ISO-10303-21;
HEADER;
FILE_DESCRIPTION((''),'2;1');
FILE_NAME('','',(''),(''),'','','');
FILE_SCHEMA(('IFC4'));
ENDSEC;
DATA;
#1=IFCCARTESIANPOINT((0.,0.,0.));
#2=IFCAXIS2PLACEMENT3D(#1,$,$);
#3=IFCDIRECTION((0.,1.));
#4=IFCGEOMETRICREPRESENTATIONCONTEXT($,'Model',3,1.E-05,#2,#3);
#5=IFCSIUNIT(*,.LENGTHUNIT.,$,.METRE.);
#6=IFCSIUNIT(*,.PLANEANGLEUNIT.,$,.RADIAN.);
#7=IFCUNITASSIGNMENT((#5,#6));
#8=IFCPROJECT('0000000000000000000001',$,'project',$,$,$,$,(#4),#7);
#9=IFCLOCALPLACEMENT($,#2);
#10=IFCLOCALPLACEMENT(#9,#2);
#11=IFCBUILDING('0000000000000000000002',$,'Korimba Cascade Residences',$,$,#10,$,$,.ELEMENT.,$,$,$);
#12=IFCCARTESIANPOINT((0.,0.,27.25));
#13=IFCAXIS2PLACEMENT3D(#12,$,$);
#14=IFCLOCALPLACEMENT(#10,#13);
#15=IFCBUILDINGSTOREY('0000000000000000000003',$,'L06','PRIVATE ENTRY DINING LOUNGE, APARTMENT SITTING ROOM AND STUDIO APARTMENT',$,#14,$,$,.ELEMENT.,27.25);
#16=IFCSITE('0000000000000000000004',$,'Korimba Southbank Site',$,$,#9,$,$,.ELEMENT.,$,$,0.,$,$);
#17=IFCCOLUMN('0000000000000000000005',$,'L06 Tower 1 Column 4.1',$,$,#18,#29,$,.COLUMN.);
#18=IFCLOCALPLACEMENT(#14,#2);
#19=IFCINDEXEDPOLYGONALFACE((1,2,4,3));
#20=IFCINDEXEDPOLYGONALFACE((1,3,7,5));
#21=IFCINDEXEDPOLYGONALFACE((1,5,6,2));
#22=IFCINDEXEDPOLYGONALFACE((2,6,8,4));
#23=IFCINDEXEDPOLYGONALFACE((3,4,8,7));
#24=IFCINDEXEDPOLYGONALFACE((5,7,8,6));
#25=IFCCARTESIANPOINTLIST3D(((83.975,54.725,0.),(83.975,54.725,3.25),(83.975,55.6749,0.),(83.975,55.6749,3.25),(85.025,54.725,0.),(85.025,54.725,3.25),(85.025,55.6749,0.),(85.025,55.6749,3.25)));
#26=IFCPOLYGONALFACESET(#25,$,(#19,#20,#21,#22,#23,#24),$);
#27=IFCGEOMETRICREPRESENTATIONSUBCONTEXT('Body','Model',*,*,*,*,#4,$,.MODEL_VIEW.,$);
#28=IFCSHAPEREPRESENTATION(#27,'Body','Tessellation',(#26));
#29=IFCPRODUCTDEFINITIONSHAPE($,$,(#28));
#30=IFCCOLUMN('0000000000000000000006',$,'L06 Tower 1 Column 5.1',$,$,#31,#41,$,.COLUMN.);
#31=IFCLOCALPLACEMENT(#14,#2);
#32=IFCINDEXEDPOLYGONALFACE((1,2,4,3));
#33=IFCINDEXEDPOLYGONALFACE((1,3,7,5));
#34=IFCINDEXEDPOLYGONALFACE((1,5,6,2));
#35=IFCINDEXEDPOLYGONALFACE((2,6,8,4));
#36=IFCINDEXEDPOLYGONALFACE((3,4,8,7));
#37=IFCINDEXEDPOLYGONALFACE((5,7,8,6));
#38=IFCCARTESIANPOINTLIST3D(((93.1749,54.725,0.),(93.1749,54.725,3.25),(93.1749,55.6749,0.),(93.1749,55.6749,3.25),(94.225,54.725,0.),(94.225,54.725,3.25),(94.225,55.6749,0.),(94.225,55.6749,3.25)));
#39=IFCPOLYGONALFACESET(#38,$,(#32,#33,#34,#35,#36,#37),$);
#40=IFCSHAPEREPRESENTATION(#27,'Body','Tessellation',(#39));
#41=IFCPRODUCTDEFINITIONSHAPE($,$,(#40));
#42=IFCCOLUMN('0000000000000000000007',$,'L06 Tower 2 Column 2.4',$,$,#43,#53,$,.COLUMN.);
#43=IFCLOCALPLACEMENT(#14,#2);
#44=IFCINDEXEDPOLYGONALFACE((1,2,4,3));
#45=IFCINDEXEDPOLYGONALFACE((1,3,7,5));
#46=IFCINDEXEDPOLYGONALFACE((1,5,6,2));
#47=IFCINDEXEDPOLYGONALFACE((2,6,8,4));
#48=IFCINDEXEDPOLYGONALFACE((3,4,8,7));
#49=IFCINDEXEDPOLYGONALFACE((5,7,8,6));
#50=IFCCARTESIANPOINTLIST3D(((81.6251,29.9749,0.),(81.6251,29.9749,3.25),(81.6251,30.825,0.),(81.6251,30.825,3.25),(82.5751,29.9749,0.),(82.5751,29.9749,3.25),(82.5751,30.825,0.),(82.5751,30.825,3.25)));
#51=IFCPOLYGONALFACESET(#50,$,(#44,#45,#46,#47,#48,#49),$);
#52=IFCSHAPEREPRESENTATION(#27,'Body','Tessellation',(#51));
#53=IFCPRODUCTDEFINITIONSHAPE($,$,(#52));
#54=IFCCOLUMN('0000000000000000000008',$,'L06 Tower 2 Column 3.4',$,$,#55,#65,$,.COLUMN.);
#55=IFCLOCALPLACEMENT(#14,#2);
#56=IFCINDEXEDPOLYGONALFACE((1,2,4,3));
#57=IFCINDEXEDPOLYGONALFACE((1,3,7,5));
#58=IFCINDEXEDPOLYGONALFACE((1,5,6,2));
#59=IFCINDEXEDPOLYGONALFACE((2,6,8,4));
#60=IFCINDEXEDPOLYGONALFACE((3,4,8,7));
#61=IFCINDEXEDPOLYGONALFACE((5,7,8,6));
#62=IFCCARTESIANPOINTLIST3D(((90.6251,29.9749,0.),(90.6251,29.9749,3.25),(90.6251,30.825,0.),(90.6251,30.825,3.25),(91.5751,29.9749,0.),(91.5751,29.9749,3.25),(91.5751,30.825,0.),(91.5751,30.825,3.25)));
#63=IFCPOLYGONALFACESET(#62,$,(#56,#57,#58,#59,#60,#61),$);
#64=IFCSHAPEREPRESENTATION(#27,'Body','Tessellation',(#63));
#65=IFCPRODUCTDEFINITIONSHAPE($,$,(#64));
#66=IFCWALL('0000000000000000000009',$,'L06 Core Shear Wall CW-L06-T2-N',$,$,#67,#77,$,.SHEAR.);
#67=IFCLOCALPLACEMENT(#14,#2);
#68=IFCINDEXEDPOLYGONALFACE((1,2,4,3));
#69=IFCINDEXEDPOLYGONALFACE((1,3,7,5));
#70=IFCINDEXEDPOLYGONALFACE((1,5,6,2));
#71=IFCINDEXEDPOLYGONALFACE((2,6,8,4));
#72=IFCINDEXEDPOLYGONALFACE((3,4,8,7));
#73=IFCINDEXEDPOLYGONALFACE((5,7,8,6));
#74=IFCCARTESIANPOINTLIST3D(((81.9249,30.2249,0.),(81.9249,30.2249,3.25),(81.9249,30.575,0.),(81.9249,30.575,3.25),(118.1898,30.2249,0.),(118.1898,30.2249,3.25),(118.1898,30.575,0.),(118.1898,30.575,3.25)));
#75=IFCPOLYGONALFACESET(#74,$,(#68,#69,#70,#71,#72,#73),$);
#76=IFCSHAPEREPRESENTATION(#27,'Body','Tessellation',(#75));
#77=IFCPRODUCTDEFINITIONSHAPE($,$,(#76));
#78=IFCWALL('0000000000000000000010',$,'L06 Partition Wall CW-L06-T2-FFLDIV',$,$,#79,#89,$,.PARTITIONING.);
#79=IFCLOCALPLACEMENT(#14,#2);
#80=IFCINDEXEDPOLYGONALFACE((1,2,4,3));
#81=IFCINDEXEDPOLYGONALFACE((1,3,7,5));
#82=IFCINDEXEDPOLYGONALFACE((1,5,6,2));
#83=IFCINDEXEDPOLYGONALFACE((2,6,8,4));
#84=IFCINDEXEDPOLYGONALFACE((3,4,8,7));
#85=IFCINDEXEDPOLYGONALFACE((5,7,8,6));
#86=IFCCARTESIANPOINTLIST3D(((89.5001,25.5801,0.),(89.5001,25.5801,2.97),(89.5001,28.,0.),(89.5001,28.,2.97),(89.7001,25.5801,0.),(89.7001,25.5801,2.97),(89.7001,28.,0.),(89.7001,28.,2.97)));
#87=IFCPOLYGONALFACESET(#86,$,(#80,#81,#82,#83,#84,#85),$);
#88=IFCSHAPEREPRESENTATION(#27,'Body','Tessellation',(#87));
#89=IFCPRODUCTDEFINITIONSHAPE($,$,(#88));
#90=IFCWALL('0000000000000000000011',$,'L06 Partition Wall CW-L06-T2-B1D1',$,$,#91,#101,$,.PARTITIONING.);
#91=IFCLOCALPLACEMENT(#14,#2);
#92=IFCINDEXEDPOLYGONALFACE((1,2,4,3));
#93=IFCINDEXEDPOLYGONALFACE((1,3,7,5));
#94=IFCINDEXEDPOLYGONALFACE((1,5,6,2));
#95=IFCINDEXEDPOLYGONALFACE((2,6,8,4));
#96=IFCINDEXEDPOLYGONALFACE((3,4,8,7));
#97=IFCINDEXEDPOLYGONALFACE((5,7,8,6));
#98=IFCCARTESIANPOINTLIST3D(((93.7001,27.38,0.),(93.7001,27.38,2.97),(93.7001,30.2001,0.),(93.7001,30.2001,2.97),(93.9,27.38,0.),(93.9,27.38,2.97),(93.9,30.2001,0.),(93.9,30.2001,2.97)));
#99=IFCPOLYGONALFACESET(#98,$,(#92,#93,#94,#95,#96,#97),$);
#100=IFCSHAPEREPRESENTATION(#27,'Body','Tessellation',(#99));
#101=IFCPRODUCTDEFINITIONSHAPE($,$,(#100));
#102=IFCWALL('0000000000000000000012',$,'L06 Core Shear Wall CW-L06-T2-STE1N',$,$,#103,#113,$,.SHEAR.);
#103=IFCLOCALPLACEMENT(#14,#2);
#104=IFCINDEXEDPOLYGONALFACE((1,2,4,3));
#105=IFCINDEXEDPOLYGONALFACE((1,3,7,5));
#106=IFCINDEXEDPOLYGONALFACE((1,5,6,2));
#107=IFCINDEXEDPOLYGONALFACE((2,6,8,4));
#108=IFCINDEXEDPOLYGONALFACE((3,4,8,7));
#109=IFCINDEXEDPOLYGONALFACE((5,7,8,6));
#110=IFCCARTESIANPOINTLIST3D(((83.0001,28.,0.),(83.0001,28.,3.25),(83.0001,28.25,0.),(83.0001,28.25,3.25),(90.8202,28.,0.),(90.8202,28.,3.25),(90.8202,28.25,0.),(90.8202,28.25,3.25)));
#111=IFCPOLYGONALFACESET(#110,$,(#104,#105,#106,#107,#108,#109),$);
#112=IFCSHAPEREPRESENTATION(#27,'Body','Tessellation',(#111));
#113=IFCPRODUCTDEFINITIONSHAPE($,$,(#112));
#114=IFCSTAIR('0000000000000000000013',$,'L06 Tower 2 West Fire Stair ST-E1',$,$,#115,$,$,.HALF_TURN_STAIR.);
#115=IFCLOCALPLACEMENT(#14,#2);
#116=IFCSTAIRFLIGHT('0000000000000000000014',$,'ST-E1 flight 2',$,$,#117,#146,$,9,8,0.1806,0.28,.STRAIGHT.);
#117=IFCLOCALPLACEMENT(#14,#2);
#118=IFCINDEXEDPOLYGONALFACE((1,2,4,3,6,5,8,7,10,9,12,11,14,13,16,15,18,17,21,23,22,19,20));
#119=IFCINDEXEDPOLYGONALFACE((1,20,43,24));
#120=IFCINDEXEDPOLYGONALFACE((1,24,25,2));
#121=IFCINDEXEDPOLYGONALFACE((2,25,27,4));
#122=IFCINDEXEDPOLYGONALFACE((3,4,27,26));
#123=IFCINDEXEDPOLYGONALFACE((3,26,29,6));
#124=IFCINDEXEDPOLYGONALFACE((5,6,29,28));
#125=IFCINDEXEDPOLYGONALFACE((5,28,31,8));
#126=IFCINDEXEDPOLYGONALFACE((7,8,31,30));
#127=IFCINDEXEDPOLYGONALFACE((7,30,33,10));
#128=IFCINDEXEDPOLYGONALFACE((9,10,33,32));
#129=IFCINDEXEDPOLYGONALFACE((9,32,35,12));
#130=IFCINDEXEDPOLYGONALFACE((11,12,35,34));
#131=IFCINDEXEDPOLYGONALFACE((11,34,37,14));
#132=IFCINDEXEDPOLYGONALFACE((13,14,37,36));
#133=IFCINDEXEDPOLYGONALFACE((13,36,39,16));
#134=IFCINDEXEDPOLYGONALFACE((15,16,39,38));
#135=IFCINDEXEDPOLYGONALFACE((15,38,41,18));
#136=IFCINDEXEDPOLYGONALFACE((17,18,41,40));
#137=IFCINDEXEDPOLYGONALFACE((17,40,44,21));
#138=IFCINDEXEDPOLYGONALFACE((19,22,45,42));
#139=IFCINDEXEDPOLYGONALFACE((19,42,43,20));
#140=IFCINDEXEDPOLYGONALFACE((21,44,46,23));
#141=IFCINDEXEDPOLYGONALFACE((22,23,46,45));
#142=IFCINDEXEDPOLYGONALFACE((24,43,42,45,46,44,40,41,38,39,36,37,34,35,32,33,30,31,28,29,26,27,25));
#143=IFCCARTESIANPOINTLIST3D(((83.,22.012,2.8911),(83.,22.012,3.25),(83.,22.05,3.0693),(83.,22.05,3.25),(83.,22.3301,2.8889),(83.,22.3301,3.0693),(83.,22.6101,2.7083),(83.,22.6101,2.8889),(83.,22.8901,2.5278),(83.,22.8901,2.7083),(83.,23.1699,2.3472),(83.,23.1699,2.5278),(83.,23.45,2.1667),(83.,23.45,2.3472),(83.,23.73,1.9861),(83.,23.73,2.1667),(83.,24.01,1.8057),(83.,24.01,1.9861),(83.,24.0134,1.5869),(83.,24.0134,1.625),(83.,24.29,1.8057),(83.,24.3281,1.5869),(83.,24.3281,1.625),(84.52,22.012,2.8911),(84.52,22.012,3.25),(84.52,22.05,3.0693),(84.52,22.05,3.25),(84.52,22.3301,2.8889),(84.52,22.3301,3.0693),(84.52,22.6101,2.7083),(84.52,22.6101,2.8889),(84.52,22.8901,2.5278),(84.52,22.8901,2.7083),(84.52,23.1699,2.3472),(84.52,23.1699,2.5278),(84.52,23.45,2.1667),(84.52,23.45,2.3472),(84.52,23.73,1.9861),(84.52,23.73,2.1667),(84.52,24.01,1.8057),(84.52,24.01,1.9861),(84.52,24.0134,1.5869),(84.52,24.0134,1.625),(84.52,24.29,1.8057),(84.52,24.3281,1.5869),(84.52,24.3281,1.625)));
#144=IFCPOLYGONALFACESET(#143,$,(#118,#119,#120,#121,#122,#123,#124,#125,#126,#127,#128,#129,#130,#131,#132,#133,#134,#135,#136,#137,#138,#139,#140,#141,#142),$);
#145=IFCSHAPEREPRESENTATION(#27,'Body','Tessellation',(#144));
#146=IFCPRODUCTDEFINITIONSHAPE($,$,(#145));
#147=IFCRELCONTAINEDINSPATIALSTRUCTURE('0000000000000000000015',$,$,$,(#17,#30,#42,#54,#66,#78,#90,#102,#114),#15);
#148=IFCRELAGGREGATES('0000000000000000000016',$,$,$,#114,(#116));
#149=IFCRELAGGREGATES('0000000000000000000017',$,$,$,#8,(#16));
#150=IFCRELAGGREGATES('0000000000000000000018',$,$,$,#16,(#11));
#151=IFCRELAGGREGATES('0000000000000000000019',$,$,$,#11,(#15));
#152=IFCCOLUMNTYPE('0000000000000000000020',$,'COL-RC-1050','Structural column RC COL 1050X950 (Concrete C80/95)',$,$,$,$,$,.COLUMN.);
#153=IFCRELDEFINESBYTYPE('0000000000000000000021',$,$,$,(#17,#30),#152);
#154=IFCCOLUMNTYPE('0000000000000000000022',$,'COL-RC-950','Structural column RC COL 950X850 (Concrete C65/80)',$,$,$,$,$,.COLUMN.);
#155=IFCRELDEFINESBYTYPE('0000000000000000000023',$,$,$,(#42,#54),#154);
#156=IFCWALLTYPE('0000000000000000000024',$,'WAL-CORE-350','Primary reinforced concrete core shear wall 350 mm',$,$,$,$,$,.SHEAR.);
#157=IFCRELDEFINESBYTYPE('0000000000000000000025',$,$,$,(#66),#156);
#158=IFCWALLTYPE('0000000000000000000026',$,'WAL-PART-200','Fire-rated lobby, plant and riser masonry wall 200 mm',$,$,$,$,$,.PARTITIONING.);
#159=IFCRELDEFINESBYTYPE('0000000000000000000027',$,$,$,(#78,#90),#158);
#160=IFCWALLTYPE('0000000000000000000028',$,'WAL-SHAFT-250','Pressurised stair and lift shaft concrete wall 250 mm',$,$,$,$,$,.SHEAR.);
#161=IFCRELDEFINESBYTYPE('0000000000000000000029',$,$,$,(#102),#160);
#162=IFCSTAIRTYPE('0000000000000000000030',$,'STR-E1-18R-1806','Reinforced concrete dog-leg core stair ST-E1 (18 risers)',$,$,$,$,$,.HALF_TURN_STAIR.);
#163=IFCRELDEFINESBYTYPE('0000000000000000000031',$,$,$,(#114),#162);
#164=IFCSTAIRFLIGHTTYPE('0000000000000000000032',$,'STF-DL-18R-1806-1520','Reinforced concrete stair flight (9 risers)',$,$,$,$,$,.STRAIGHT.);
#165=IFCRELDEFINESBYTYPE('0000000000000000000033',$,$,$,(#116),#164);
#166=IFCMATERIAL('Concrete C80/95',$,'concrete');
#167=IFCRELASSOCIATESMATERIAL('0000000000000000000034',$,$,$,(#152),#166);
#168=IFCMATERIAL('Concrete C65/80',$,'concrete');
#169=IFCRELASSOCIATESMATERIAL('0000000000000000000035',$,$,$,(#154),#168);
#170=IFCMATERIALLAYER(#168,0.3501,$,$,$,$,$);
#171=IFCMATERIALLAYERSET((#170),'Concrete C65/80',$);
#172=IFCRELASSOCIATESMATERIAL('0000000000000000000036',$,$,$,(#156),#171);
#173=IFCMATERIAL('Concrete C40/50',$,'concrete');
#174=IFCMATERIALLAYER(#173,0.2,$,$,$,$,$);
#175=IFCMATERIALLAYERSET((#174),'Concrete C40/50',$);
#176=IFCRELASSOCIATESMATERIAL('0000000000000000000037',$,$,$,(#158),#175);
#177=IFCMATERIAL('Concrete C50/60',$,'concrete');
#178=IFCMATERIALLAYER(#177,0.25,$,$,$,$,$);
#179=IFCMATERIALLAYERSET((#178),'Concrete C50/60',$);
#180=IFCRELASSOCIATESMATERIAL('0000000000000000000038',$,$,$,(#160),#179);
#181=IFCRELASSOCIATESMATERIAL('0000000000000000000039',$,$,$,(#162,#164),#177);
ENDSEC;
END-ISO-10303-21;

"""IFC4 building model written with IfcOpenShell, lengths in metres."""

from ifc_helpers import new_model, si_unit, direction, frame, frame_2d, origin, origin_2d, place, context, subcontext, project, spatial, polyline, rectangle, outline, extrude, material, layer, layer_set, material_profile, profile_set, type_object, element, aggregate, save


model = new_model("IFC4")

# Units and contexts
model_context = context("Model", 3, precision=1e-05, world=origin(), true_north=direction((0.0, 1.0)))
body_context = subcontext(model_context, "Body", "Model", "MODEL_VIEW")
ifc_project = project(units=[si_unit("LENGTHUNIT", "METRE"), si_unit("PLANEANGLEUNIT", "RADIAN")], contexts=[model_context])

# Site, building, storey
site_placement = place(None, origin())
site = spatial("IfcSite", under=ifc_project, at=site_placement, Name="Korimba Southbank Site", CompositionType="ELEMENT", RefElevation=0.0)
building_placement = place(site_placement, origin())
building = spatial("IfcBuilding", under=site, at=building_placement, Name="Korimba Cascade Residences", CompositionType="ELEMENT")
storey_placement = place(building_placement, frame((0.0, 0.0, 27.25)))
storey = spatial("IfcBuildingStorey", under=building, at=storey_placement, Name="L06", Description="PRIVATE ENTRY DINING LOUNGE, APARTMENT SITTING ROOM AND STUDIO APARTMENT", CompositionType="ELEMENT", Elevation=27.25)

# Columns
ifc_material_1 = material(Name="Concrete C80/95", Category="concrete")
ifc_material_profile_1 = material_profile(ifc_material_1, rectangle(XDim=1.05, YDim=0.95, at=origin_2d()), Name="Concrete C80/95")
ifc_profile_set_1 = profile_set([ifc_material_profile_1], Name="Concrete C80/95")
column_type_1 = type_object("IfcColumnType", Name="COL-RC-1050", Description="Structural column RC COL 1050X950 (Concrete C80/95)", PredefinedType="COLUMN", material=ifc_profile_set_1)
for number, where, z_axis, x_axis, name in (
    (1, (84.5, 55.2, 0.0), (0.0, 0.0, 1.0), (1.0, 0.0, 0.0), "L06 Tower 1 Column 4.1"),
    (2, (93.7, 55.2, 0.0), (0.0, 0.0, 1.0), (1.0, 0.0, 0.0), "L06 Tower 1 Column 5.1"),
):
    element("IfcColumn", number, at=place(storey_placement, frame(where, z_axis=z_axis, x_axis=x_axis)), inside=storey, type_object=column_type_1, Name=name, PredefinedType="COLUMN", context=body_context, shape_type="SweptSolid", body=[
        extrude(rectangle(XDim=1.05, YDim=0.95, at=origin_2d()), origin(), (0.0, 0.0, 1.0), 3.25),
    ])
ifc_material_2 = material(Name="Concrete C65/80", Category="concrete")
ifc_material_profile_2 = material_profile(ifc_material_2, rectangle(XDim=0.95, YDim=0.8501, at=origin_2d()), Name="Concrete C65/80")
ifc_profile_set_2 = profile_set([ifc_material_profile_2], Name="Concrete C65/80")
column_type_2 = type_object("IfcColumnType", Name="COL-RC-950", Description="Structural column RC COL 950X850 (Concrete C65/80)", PredefinedType="COLUMN", material=ifc_profile_set_2)
for number, where, z_axis, x_axis, name in (
    (3, (82.1001, 30.3999, 0.0), (0.0, 0.0, 1.0), (1.0, 0.0, 0.0), "L06 Tower 2 Column 2.4"),
    (4, (91.1001, 30.3999, 0.0), (0.0, 0.0, 1.0), (1.0, 0.0, 0.0), "L06 Tower 2 Column 3.4"),
):
    element("IfcColumn", number, at=place(storey_placement, frame(where, z_axis=z_axis, x_axis=x_axis)), inside=storey, type_object=column_type_2, Name=name, PredefinedType="COLUMN", context=body_context, shape_type="SweptSolid", body=[
        extrude(rectangle(XDim=0.95, YDim=0.8501, at=origin_2d()), origin(), (0.0, 0.0, 1.0), 3.25),
    ])

# Walls
ifc_layer_1 = layer(ifc_material_2, 0.3501)
ifc_layer_set_1 = layer_set([ifc_layer_1], Name="Concrete C65/80")
wall_type_1 = type_object("IfcWallType", Name="WAL-CORE-350", Description="Primary reinforced concrete core shear wall 350 mm", PredefinedType="SHEAR", material=ifc_layer_set_1)
wall_1_placement = place(storey_placement, frame((81.925, 30.3999, 0.0), z_axis=(0.0, 0.0, 1.0), x_axis=(1.0, 0.0, 0.0)))
element("IfcWall", 5, at=wall_1_placement, inside=storey, type_object=wall_type_1, Name="L06 Core Shear Wall CW-L06-T2-N", PredefinedType="SHEAR", context=body_context, shape_type="SweptSolid", body=[
    extrude(rectangle(XDim=36.2649, YDim=0.3501, at=frame_2d((18.1323, 0.0))), origin(), (0.0, 0.0, 1.0), 3.25),
])
ifc_material_3 = material(Name="Concrete C40/50", Category="concrete")
ifc_layer_2 = layer(ifc_material_3, 0.2)
ifc_layer_set_2 = layer_set([ifc_layer_2], Name="Concrete C40/50")
wall_type_2 = type_object("IfcWallType", Name="WAL-PART-200", Description="Fire-rated lobby, plant and riser masonry wall 200 mm", PredefinedType="PARTITIONING", material=ifc_layer_set_2)
wall_2_placement = place(storey_placement, frame((89.6001, 25.5801, 0.0), z_axis=(0.0, 0.0, 1.0), x_axis=(0.0, 1.0, 0.0)))
element("IfcWall", 6, at=wall_2_placement, inside=storey, type_object=wall_type_2, Name="L06 Partition Wall CW-L06-T2-FFLDIV", PredefinedType="PARTITIONING", context=body_context, shape_type="SweptSolid", body=[
    extrude(rectangle(XDim=2.4199, YDim=0.2, at=frame_2d((1.21, 0.0))), origin(), (0.0, 0.0, 1.0), 2.97),
])
wall_3_placement = place(storey_placement, frame((93.8, 27.3799, 0.0), z_axis=(0.0, 0.0, 1.0), x_axis=(0.0, 1.0, 0.0)))
element("IfcWall", 7, at=wall_3_placement, inside=storey, type_object=wall_type_2, Name="L06 Partition Wall CW-L06-T2-B1D1", PredefinedType="PARTITIONING", context=body_context, shape_type="SweptSolid", body=[
    extrude(rectangle(XDim=2.8201, YDim=0.2, at=frame_2d((1.4102, 0.0))), origin(), (0.0, 0.0, 1.0), 2.97),
])
ifc_material_4 = material(Name="Concrete C50/60", Category="concrete")
ifc_layer_3 = layer(ifc_material_4, 0.25)
ifc_layer_set_3 = layer_set([ifc_layer_3], Name="Concrete C50/60")
wall_type_3 = type_object("IfcWallType", Name="WAL-SHAFT-250", Description="Pressurised stair and lift shaft concrete wall 250 mm", PredefinedType="SHEAR", material=ifc_layer_set_3)
wall_4_placement = place(storey_placement, frame((83.0, 28.125, 0.0), z_axis=(0.0, 0.0, 1.0), x_axis=(1.0, 0.0, 0.0)))
element("IfcWall", 8, at=wall_4_placement, inside=storey, type_object=wall_type_3, Name="L06 Core Shear Wall CW-L06-T2-STE1N", PredefinedType="SHEAR", context=body_context, shape_type="SweptSolid", body=[
    extrude(rectangle(XDim=7.8201, YDim=0.25, at=frame_2d((3.9102, 0.0))), origin(), (0.0, 0.0, 1.0), 3.25),
])

# Stair, stair flight
stair_type = type_object("IfcStairType", Name="STR-E1-18R-1806", Description="Reinforced concrete dog-leg core stair ST-E1 (18 risers)", PredefinedType="HALF_TURN_STAIR", material=ifc_material_4)
stair_placement = place(storey_placement, origin())
stair = element("IfcStair", 9, at=stair_placement, inside=storey, type_object=stair_type, Name="L06 Tower 2 West Fire Stair ST-E1", PredefinedType="HALF_TURN_STAIR")
stair_flight_type = type_object("IfcStairFlightType", Name="STF-DL-18R-1806-1520", Description="Reinforced concrete stair flight (9 risers)", PredefinedType="STRAIGHT", material=ifc_material_4)
stair_flight_placement = place(storey_placement, frame((83.76, 24.29, 1.625), z_axis=(0.0, 0.0, 1.0), x_axis=(0.0, -1.0, 0.0)))
stair_flight = element("IfcStairFlight", 10, at=stair_flight_placement, type_object=stair_flight_type, Name="ST-E1 flight 2", NumberOfRisers=9, NumberOfTreads=8, PredefinedType="STRAIGHT", RiserHeight=0.1806, TreadLength=0.28, context=body_context, shape_type="SweptSolid", body=[
    extrude(outline(polyline([(-0.0381, 0.0), (0.0, 0.1807), (0.28, 0.1807), (0.28, 0.3611), (0.5601, 0.3611), (0.5601, 0.5417), (0.8401, 0.5417), (0.8401, 0.7222), (1.1201, 0.7222), (1.1201, 0.9028), (1.3999, 0.9028), (1.3999, 1.0833), (1.6799, 1.0833), (1.6799, 1.2639), (1.96, 1.2639), (1.96, 1.4443), (2.24, 1.4443), (2.24, 1.625), (2.2781, 1.625), (2.2781, 1.2661), (0.2766, 0.0), (0.2766, -0.0381), (-0.0381, -0.0381), (-0.0381, 0.0)])), frame((0.0, 0.76, 0.0), z_axis=(0.0, -1.0, 0.0), x_axis=(1.0, 0.0, 0.0)), (0.0, 0.0, 1.0), 1.52),
])
aggregate(stair, [stair_flight])

save(model, "model.ifc")
